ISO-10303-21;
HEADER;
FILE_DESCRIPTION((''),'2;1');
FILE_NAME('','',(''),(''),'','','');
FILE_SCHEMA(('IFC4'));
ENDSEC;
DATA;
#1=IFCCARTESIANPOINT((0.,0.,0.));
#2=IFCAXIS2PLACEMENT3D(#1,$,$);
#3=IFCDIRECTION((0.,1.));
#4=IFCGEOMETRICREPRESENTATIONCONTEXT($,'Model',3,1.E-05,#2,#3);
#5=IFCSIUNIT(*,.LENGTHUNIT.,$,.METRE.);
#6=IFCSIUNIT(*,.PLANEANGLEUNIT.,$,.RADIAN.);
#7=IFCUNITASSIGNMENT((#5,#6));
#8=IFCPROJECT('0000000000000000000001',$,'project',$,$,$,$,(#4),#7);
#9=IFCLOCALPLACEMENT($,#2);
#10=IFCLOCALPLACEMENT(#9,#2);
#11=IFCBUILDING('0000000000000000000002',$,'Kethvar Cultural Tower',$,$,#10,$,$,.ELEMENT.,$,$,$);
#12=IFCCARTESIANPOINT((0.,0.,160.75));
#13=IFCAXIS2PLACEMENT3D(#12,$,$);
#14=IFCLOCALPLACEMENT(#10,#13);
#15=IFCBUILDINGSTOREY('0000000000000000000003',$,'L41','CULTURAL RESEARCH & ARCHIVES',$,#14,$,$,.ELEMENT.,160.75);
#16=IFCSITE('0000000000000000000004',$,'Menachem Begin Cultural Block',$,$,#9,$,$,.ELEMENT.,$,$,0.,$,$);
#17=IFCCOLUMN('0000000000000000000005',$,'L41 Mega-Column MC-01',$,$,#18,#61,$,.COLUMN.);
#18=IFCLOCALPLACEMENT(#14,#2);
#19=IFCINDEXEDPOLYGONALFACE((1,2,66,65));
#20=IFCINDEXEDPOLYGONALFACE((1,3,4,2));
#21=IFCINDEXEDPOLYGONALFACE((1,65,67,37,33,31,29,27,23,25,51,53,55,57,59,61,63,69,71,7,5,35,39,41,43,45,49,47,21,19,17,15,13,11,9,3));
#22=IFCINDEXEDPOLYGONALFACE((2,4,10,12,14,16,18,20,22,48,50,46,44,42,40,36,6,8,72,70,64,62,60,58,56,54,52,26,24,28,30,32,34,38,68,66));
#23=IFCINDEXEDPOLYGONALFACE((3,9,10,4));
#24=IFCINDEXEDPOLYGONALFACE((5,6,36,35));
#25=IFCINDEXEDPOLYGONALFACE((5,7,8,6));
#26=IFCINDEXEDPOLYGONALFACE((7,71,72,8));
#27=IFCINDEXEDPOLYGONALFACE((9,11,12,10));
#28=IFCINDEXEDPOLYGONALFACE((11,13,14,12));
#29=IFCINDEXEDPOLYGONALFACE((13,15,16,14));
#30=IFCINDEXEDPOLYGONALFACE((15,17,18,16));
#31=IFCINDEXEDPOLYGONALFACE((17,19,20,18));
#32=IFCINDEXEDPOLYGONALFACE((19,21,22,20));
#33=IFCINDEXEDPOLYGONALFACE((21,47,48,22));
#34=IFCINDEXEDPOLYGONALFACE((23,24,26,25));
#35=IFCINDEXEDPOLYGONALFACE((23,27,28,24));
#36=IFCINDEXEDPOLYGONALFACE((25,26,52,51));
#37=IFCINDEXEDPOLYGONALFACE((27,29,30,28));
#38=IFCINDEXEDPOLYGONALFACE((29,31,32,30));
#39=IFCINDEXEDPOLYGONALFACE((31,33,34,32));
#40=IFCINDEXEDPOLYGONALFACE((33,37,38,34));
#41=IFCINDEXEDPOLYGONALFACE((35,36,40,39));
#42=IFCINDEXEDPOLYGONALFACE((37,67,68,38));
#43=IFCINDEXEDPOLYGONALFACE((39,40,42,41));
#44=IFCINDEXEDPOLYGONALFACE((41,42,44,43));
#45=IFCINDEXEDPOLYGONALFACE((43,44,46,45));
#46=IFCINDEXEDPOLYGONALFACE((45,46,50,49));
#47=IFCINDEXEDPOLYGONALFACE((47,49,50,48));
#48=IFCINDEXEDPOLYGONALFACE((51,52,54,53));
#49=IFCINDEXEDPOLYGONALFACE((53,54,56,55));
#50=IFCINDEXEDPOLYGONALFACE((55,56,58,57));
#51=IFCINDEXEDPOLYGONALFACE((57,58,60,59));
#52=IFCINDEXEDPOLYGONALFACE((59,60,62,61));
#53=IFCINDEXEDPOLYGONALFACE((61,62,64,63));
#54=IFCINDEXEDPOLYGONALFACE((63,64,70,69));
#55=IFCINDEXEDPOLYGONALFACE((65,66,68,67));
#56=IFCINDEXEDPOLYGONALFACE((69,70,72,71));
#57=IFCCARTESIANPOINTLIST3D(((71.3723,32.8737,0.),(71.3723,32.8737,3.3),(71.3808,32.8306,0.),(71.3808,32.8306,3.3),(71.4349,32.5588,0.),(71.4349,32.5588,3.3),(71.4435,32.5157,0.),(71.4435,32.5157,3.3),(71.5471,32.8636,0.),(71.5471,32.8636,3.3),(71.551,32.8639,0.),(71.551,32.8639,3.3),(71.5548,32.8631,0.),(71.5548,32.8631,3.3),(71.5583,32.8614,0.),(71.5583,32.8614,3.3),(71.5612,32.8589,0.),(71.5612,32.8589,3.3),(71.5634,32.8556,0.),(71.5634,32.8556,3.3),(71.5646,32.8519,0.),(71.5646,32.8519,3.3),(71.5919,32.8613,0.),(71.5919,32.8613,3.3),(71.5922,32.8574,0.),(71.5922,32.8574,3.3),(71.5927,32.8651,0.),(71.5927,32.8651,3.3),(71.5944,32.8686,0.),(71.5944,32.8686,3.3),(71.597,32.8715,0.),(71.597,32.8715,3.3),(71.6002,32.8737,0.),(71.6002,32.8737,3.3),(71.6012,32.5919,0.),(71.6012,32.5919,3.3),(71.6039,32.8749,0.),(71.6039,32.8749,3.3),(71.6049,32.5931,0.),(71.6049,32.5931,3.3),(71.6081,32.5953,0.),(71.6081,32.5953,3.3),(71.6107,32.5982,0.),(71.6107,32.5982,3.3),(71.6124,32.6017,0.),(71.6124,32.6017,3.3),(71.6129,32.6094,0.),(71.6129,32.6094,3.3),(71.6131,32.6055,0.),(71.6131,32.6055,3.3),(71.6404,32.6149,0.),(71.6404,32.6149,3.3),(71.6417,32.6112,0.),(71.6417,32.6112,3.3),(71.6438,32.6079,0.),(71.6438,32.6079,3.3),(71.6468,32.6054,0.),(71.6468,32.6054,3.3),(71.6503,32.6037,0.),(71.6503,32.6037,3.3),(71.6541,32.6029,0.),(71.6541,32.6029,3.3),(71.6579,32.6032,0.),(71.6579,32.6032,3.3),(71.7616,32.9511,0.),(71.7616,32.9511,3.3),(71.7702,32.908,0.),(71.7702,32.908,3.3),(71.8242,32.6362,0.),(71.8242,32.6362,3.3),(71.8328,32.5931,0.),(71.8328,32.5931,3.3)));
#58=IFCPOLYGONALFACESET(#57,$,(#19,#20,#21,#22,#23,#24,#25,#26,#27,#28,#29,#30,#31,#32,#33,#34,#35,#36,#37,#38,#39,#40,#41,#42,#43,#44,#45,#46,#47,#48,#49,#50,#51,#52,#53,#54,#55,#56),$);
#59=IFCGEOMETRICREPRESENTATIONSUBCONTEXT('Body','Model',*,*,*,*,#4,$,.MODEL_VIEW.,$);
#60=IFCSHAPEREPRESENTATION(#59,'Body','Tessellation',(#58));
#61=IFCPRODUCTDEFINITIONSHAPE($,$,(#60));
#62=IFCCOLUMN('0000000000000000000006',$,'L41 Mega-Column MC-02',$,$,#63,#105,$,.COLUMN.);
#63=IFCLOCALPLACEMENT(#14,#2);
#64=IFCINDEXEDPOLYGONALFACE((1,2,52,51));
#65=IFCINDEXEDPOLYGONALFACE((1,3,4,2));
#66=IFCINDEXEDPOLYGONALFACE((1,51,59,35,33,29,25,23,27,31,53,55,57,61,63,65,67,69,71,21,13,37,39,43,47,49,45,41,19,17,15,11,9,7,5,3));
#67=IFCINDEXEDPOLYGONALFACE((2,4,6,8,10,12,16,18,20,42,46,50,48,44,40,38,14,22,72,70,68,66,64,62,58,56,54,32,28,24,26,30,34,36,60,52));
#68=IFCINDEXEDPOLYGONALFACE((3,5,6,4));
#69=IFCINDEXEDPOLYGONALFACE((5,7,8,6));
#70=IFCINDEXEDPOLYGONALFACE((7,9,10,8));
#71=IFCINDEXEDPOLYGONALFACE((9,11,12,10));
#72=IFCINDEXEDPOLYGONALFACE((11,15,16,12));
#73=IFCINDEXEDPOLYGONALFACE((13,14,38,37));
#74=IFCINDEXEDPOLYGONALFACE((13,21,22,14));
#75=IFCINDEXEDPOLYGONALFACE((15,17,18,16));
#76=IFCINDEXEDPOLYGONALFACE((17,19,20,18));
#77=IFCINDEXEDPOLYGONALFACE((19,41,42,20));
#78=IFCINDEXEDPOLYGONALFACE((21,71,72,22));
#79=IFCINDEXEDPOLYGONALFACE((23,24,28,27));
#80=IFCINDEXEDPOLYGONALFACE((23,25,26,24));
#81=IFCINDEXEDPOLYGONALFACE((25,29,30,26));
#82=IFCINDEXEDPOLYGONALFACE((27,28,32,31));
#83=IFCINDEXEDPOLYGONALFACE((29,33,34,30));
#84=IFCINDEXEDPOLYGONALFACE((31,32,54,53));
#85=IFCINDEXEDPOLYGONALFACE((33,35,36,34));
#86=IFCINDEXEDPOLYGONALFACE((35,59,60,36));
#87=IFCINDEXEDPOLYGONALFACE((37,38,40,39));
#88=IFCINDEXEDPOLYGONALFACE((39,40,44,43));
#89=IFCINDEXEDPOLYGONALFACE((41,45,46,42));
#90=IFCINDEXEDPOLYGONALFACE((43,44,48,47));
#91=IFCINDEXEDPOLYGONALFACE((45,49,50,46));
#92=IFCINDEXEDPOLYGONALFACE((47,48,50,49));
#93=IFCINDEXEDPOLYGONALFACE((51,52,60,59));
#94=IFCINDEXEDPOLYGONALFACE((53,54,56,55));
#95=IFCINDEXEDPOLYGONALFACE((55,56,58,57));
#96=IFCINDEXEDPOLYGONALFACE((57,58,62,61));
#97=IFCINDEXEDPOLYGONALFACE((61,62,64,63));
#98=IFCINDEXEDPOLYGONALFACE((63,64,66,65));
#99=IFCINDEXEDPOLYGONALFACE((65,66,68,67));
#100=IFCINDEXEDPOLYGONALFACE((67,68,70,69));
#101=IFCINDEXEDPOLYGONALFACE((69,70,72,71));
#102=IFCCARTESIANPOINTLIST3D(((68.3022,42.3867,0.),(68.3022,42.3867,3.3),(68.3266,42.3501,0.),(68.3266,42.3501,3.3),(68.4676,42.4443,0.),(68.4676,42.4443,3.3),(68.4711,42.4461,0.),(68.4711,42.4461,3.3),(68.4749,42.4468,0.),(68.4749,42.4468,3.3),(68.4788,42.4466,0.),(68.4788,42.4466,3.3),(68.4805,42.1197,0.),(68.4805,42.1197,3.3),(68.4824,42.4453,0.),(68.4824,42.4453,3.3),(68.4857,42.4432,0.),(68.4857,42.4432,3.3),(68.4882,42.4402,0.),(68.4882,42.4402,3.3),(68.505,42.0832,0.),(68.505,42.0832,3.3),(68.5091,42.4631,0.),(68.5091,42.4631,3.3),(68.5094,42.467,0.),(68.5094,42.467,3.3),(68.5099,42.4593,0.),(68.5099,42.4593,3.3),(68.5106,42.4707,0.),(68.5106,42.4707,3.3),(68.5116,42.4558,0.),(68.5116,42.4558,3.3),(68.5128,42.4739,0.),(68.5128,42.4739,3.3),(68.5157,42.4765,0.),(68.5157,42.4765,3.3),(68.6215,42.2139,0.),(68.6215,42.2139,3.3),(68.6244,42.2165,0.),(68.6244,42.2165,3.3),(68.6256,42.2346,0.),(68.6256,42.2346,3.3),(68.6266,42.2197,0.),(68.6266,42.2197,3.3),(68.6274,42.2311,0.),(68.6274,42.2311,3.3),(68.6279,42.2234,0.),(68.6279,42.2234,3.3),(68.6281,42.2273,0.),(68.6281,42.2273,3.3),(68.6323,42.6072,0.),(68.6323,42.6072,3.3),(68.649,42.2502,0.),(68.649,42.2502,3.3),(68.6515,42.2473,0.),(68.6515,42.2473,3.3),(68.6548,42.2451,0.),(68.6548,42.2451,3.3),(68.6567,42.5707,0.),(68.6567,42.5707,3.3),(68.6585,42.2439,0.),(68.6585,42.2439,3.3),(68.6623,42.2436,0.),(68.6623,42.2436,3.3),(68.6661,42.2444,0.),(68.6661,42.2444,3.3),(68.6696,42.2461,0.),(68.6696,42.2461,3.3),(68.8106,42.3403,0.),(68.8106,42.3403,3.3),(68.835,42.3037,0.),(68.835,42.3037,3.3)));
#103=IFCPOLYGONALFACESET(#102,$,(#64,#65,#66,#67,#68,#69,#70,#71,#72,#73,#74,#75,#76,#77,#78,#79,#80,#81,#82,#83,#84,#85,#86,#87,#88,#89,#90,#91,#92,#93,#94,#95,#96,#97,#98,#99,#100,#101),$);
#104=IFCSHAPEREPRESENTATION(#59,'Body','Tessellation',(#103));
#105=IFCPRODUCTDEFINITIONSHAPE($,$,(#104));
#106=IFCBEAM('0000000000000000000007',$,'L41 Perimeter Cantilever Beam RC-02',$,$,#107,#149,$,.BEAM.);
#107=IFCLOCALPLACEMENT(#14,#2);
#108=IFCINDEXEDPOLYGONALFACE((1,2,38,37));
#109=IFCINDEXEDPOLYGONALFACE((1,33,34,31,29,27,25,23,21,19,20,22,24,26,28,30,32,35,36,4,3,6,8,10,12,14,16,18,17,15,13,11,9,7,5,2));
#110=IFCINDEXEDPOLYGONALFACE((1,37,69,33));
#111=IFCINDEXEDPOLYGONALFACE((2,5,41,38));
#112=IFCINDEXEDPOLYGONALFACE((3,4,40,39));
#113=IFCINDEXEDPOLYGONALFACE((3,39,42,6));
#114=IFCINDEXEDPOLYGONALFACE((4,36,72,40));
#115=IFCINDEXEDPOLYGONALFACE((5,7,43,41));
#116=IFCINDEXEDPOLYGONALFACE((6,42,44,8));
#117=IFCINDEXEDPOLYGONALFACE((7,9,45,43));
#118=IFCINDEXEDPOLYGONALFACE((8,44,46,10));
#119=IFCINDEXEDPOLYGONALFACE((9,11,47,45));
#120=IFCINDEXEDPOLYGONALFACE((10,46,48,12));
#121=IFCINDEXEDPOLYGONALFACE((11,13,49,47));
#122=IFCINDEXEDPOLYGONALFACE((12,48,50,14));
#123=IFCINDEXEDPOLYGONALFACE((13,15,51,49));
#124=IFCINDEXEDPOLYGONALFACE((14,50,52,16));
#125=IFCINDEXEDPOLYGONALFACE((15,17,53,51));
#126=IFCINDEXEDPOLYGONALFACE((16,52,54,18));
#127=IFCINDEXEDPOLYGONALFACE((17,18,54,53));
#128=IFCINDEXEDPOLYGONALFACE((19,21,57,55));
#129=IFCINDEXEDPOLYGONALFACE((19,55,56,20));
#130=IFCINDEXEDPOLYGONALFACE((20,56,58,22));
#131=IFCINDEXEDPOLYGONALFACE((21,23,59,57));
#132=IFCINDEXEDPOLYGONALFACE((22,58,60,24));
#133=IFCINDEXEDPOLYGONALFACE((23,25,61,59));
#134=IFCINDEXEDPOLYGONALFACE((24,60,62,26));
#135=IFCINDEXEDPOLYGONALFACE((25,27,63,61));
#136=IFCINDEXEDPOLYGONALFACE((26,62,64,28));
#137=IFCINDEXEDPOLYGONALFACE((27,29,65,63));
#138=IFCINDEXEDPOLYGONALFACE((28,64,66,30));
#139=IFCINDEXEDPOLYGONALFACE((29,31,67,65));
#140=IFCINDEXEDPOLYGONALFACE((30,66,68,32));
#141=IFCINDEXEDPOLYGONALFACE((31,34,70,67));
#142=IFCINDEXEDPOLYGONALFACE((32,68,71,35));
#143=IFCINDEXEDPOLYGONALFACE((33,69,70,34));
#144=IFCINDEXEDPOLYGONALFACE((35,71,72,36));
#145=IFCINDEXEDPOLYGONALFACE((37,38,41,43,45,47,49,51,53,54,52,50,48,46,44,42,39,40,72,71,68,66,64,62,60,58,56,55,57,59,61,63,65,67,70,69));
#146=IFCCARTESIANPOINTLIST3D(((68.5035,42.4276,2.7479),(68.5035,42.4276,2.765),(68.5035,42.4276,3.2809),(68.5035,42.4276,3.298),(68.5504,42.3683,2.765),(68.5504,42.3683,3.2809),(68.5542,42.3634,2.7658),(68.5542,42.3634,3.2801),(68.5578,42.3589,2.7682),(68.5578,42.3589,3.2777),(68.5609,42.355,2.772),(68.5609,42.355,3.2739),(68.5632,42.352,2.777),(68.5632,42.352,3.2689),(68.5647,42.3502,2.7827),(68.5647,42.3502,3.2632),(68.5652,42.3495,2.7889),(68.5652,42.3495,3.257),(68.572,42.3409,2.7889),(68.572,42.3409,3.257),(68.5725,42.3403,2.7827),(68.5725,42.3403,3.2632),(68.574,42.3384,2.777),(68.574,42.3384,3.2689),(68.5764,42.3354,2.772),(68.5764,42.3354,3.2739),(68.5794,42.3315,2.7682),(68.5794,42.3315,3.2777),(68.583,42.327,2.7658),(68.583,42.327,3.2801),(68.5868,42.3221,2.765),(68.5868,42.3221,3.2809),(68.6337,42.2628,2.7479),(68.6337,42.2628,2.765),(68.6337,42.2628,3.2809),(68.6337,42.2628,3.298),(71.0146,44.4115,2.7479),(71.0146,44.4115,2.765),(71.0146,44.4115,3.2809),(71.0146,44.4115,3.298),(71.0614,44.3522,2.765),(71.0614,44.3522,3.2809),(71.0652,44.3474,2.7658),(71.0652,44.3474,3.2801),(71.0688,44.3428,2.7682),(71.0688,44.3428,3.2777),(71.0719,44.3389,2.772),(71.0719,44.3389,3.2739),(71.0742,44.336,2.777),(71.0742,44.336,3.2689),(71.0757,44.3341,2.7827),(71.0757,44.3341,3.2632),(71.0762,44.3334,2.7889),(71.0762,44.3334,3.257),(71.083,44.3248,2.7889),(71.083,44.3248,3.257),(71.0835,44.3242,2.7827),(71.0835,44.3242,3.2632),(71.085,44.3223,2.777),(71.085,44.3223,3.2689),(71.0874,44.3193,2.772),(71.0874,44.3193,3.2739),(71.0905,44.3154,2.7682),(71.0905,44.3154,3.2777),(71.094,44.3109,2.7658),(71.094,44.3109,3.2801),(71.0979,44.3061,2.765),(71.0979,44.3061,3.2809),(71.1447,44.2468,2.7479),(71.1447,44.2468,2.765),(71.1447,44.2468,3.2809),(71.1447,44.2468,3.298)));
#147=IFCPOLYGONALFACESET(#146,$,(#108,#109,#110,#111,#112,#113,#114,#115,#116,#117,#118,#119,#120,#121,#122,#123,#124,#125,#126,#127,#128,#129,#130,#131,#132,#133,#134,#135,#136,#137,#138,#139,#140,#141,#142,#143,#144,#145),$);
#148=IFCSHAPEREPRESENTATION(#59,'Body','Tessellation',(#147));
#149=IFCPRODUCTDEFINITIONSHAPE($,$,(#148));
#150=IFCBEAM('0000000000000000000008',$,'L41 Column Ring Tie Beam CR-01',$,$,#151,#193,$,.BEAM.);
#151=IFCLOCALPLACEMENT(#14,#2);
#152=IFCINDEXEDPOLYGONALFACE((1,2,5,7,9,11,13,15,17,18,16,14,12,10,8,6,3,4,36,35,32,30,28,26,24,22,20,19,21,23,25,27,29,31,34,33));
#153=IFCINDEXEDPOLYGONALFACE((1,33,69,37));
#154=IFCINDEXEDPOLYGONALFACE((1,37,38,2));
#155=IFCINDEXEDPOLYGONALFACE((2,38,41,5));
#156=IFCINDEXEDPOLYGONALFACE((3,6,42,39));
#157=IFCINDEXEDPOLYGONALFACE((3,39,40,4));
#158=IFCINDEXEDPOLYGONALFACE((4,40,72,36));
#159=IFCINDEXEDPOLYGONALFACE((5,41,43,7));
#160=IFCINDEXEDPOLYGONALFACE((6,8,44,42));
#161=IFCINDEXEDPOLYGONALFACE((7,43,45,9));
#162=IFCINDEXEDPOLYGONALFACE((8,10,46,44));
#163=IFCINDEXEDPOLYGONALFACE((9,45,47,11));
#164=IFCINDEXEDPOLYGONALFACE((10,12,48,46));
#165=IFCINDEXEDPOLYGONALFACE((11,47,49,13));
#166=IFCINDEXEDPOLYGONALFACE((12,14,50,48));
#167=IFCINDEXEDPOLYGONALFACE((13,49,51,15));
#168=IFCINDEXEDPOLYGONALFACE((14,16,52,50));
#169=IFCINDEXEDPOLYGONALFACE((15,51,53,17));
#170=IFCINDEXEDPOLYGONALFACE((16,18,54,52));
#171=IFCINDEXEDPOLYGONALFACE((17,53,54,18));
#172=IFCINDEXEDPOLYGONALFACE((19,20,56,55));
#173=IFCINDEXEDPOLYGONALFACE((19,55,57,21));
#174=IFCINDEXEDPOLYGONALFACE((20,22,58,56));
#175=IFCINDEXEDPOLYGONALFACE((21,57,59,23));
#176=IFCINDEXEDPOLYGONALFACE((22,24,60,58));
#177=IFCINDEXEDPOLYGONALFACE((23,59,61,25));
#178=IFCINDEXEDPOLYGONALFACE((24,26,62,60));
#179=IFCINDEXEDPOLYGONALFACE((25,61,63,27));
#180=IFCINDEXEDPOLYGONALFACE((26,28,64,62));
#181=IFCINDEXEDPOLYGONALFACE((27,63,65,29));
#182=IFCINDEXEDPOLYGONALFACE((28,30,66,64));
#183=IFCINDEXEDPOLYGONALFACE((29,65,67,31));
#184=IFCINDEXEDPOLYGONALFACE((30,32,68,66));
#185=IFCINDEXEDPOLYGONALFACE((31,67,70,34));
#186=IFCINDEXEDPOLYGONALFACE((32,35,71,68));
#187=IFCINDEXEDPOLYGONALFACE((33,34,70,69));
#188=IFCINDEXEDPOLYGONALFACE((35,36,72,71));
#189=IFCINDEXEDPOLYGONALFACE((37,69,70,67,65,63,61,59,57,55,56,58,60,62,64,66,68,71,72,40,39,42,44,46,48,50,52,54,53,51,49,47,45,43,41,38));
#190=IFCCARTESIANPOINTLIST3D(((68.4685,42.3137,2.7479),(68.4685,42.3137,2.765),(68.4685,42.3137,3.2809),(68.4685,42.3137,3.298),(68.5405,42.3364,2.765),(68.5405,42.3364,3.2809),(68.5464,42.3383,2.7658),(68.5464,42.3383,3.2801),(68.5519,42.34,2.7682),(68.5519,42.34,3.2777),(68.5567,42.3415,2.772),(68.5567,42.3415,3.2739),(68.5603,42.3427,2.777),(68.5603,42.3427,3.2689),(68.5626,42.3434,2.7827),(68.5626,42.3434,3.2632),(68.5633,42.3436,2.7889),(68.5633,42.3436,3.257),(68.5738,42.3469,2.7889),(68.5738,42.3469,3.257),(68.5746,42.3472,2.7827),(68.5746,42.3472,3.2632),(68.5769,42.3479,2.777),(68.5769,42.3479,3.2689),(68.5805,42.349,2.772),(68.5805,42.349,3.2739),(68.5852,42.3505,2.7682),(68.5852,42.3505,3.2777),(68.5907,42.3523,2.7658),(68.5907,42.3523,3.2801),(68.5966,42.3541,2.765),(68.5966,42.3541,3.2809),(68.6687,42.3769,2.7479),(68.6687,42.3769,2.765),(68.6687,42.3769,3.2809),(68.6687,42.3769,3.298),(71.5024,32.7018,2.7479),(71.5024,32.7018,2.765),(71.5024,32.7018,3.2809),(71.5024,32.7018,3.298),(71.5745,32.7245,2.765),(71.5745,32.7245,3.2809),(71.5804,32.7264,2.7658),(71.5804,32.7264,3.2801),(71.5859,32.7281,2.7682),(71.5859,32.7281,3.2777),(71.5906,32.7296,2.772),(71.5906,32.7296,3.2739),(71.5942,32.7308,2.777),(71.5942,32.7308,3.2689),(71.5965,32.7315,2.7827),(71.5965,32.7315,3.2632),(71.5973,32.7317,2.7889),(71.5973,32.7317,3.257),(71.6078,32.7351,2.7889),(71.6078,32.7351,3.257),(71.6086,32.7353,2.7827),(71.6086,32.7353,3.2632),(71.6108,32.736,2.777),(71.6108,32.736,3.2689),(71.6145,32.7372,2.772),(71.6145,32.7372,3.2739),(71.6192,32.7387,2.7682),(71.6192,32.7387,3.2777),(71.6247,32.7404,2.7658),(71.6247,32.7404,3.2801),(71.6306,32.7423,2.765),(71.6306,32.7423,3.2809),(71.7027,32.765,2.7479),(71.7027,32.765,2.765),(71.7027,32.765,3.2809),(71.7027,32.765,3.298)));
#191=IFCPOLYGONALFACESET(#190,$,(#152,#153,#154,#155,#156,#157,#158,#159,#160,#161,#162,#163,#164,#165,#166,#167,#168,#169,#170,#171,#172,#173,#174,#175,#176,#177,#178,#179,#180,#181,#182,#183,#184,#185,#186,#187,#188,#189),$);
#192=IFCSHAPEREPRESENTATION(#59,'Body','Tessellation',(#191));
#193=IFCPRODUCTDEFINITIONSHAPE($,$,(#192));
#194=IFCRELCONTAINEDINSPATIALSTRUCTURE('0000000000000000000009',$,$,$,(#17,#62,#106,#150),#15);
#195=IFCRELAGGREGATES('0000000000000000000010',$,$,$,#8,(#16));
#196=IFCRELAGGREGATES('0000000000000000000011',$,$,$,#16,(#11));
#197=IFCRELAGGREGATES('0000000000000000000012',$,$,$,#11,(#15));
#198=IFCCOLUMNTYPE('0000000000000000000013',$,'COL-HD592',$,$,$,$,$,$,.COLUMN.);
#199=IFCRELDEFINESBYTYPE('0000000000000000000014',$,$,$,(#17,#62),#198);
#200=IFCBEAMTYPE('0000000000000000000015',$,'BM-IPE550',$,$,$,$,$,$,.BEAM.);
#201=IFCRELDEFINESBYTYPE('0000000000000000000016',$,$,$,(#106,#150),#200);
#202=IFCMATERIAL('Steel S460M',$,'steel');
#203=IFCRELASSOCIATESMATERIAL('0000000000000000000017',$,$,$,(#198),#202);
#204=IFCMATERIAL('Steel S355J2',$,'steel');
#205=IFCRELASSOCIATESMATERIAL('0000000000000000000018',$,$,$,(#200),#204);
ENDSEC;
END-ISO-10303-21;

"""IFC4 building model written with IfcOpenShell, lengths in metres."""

from ifc_helpers import new_model, si_unit, direction, frame, origin, origin_2d, place, context, subcontext, project, spatial, i_section, extrude, source, transform, mapped, material, material_profile, profile_set, type_object, element, save


model = new_model("IFC4")

# Units and contexts
model_context = context("Model", 3, precision=1e-05, world=origin(), true_north=direction((0.0, 1.0)))
body_context = subcontext(model_context, "Body", "Model", "MODEL_VIEW")
ifc_project = project(units=[si_unit("LENGTHUNIT", "METRE"), si_unit("PLANEANGLEUNIT", "RADIAN")], contexts=[model_context])

# Site, building, storey
site_placement = place(None, origin())
site = spatial("IfcSite", under=ifc_project, at=site_placement, Name="Menachem Begin Cultural Block", CompositionType="ELEMENT", RefElevation=0.0)
building_placement = place(site_placement, origin())
building = spatial("IfcBuilding", under=site, at=building_placement, Name="Kethvar Cultural Tower", CompositionType="ELEMENT")
storey_placement = place(building_placement, frame((0.0, 0.0, 160.75)))
storey = spatial("IfcBuildingStorey", under=building, at=storey_placement, Name="L41", Description="CULTURAL RESEARCH & ARCHIVES", CompositionType="ELEMENT", Elevation=160.75)

# Columns
ifc_material_1 = material(Name="Steel S460M", Category="steel")
ifc_material_profile_1 = material_profile(ifc_material_1, i_section(OverallWidth=0.397, OverallDepth=0.365, WebThickness=0.0281, FlangeThickness=0.0439, FilletRadius=0.0149, at=origin_2d()), Name="Steel S460M — HD400x592")
ifc_profile_set_1 = profile_set([ifc_material_profile_1], Name="Steel S460M — HD400x592")
column_type = type_object("IfcColumnType", Name="COL-HD592", PredefinedType="COLUMN", material=ifc_profile_set_1)
shared_shape_1 = source(origin(), body_context, "Body", "SweptSolid", [
    extrude(i_section(OverallWidth=0.397, OverallDepth=0.365, WebThickness=0.0281, FlangeThickness=0.0439, FilletRadius=0.0149, at=origin_2d()), origin(), (0.0, 0.0, 1.0), 3.3),
])
for number, where, z_axis, x_axis, name in (
    (1, (71.6025, 32.7334, 0.0), (0.0, 0.0, 1.0), (0.980785, 0.19509, 0.0), "L41 Mega-Column MC-01"),
    (2, (68.5686, 42.3452, 0.0), (0.0, 0.0, 1.0), (0.83147, 0.55557, 0.0), "L41 Mega-Column MC-02"),
):
    element("IfcColumn", number, at=place(storey_placement, frame(where, z_axis=z_axis, x_axis=x_axis)), inside=storey, type_object=column_type, Name=name, PredefinedType="COLUMN", context=body_context, shape_type="MappedRepresentation", body=[
        mapped(shared_shape_1, transform((0.0, 0.0, 0.0), scale=1.0)),
    ])

# Beams
ifc_material_2 = material(Name="Steel S355J2", Category="steel")
ifc_material_profile_2 = material_profile(ifc_material_2, i_section(OverallWidth=0.21, OverallDepth=0.55, WebThickness=0.011, FlangeThickness=0.0171, FilletRadius=0.0239, at=origin_2d()), Name="Steel S355J2 — IPE550")
ifc_profile_set_2 = profile_set([ifc_material_profile_2], Name="Steel S355J2 — IPE550")
beam_type_1 = type_object("IfcBeamType", Name="BM-IPE550", PredefinedType="BEAM", material=ifc_profile_set_2)
shared_shape_2 = source(origin(), body_context, "Body", "SweptSolid", [
    extrude(i_section(OverallWidth=0.21, OverallDepth=0.55, WebThickness=0.011, FlangeThickness=0.0171, FilletRadius=0.0239, at=origin_2d()), origin(), (0.0, 0.0, 1.0), 3.2002),
])
beam_1_placement = place(storey_placement, frame((68.5686, 42.3452, 3.0229), z_axis=(0.78465, 0.619939, 0.0), x_axis=(-0.619939, 0.78465, 0.0)))
element("IfcBeam", 3, at=beam_1_placement, inside=storey, type_object=beam_type_1, Name="L41 Perimeter Cantilever Beam RC-02", PredefinedType="BEAM", context=body_context, shape_type="MappedRepresentation", body=[
    mapped(shared_shape_2, transform((0.0, 0.0, 0.0), scale=1.0)),
])
shared_shape_3 = source(origin(), body_context, "Body", "SweptSolid", [
    extrude(i_section(OverallWidth=0.21, OverallDepth=0.55, WebThickness=0.011, FlangeThickness=0.0171, FilletRadius=0.0239, at=origin_2d()), origin(), (0.0, 0.0, 1.0), 10.0793),
])
beam_2_placement = place(storey_placement, frame((71.6025, 32.7334, 3.0229), z_axis=(-0.301007, 0.953622, 0.0), x_axis=(-0.953622, -0.301007, 0.0)))
element("IfcBeam", 4, at=beam_2_placement, inside=storey, type_object=beam_type_1, Name="L41 Column Ring Tie Beam CR-01", PredefinedType="BEAM", context=body_context, shape_type="MappedRepresentation", body=[
    mapped(shared_shape_3, transform((0.0, 0.0, 0.0), scale=1.0)),
])

save(model, "model.ifc")
